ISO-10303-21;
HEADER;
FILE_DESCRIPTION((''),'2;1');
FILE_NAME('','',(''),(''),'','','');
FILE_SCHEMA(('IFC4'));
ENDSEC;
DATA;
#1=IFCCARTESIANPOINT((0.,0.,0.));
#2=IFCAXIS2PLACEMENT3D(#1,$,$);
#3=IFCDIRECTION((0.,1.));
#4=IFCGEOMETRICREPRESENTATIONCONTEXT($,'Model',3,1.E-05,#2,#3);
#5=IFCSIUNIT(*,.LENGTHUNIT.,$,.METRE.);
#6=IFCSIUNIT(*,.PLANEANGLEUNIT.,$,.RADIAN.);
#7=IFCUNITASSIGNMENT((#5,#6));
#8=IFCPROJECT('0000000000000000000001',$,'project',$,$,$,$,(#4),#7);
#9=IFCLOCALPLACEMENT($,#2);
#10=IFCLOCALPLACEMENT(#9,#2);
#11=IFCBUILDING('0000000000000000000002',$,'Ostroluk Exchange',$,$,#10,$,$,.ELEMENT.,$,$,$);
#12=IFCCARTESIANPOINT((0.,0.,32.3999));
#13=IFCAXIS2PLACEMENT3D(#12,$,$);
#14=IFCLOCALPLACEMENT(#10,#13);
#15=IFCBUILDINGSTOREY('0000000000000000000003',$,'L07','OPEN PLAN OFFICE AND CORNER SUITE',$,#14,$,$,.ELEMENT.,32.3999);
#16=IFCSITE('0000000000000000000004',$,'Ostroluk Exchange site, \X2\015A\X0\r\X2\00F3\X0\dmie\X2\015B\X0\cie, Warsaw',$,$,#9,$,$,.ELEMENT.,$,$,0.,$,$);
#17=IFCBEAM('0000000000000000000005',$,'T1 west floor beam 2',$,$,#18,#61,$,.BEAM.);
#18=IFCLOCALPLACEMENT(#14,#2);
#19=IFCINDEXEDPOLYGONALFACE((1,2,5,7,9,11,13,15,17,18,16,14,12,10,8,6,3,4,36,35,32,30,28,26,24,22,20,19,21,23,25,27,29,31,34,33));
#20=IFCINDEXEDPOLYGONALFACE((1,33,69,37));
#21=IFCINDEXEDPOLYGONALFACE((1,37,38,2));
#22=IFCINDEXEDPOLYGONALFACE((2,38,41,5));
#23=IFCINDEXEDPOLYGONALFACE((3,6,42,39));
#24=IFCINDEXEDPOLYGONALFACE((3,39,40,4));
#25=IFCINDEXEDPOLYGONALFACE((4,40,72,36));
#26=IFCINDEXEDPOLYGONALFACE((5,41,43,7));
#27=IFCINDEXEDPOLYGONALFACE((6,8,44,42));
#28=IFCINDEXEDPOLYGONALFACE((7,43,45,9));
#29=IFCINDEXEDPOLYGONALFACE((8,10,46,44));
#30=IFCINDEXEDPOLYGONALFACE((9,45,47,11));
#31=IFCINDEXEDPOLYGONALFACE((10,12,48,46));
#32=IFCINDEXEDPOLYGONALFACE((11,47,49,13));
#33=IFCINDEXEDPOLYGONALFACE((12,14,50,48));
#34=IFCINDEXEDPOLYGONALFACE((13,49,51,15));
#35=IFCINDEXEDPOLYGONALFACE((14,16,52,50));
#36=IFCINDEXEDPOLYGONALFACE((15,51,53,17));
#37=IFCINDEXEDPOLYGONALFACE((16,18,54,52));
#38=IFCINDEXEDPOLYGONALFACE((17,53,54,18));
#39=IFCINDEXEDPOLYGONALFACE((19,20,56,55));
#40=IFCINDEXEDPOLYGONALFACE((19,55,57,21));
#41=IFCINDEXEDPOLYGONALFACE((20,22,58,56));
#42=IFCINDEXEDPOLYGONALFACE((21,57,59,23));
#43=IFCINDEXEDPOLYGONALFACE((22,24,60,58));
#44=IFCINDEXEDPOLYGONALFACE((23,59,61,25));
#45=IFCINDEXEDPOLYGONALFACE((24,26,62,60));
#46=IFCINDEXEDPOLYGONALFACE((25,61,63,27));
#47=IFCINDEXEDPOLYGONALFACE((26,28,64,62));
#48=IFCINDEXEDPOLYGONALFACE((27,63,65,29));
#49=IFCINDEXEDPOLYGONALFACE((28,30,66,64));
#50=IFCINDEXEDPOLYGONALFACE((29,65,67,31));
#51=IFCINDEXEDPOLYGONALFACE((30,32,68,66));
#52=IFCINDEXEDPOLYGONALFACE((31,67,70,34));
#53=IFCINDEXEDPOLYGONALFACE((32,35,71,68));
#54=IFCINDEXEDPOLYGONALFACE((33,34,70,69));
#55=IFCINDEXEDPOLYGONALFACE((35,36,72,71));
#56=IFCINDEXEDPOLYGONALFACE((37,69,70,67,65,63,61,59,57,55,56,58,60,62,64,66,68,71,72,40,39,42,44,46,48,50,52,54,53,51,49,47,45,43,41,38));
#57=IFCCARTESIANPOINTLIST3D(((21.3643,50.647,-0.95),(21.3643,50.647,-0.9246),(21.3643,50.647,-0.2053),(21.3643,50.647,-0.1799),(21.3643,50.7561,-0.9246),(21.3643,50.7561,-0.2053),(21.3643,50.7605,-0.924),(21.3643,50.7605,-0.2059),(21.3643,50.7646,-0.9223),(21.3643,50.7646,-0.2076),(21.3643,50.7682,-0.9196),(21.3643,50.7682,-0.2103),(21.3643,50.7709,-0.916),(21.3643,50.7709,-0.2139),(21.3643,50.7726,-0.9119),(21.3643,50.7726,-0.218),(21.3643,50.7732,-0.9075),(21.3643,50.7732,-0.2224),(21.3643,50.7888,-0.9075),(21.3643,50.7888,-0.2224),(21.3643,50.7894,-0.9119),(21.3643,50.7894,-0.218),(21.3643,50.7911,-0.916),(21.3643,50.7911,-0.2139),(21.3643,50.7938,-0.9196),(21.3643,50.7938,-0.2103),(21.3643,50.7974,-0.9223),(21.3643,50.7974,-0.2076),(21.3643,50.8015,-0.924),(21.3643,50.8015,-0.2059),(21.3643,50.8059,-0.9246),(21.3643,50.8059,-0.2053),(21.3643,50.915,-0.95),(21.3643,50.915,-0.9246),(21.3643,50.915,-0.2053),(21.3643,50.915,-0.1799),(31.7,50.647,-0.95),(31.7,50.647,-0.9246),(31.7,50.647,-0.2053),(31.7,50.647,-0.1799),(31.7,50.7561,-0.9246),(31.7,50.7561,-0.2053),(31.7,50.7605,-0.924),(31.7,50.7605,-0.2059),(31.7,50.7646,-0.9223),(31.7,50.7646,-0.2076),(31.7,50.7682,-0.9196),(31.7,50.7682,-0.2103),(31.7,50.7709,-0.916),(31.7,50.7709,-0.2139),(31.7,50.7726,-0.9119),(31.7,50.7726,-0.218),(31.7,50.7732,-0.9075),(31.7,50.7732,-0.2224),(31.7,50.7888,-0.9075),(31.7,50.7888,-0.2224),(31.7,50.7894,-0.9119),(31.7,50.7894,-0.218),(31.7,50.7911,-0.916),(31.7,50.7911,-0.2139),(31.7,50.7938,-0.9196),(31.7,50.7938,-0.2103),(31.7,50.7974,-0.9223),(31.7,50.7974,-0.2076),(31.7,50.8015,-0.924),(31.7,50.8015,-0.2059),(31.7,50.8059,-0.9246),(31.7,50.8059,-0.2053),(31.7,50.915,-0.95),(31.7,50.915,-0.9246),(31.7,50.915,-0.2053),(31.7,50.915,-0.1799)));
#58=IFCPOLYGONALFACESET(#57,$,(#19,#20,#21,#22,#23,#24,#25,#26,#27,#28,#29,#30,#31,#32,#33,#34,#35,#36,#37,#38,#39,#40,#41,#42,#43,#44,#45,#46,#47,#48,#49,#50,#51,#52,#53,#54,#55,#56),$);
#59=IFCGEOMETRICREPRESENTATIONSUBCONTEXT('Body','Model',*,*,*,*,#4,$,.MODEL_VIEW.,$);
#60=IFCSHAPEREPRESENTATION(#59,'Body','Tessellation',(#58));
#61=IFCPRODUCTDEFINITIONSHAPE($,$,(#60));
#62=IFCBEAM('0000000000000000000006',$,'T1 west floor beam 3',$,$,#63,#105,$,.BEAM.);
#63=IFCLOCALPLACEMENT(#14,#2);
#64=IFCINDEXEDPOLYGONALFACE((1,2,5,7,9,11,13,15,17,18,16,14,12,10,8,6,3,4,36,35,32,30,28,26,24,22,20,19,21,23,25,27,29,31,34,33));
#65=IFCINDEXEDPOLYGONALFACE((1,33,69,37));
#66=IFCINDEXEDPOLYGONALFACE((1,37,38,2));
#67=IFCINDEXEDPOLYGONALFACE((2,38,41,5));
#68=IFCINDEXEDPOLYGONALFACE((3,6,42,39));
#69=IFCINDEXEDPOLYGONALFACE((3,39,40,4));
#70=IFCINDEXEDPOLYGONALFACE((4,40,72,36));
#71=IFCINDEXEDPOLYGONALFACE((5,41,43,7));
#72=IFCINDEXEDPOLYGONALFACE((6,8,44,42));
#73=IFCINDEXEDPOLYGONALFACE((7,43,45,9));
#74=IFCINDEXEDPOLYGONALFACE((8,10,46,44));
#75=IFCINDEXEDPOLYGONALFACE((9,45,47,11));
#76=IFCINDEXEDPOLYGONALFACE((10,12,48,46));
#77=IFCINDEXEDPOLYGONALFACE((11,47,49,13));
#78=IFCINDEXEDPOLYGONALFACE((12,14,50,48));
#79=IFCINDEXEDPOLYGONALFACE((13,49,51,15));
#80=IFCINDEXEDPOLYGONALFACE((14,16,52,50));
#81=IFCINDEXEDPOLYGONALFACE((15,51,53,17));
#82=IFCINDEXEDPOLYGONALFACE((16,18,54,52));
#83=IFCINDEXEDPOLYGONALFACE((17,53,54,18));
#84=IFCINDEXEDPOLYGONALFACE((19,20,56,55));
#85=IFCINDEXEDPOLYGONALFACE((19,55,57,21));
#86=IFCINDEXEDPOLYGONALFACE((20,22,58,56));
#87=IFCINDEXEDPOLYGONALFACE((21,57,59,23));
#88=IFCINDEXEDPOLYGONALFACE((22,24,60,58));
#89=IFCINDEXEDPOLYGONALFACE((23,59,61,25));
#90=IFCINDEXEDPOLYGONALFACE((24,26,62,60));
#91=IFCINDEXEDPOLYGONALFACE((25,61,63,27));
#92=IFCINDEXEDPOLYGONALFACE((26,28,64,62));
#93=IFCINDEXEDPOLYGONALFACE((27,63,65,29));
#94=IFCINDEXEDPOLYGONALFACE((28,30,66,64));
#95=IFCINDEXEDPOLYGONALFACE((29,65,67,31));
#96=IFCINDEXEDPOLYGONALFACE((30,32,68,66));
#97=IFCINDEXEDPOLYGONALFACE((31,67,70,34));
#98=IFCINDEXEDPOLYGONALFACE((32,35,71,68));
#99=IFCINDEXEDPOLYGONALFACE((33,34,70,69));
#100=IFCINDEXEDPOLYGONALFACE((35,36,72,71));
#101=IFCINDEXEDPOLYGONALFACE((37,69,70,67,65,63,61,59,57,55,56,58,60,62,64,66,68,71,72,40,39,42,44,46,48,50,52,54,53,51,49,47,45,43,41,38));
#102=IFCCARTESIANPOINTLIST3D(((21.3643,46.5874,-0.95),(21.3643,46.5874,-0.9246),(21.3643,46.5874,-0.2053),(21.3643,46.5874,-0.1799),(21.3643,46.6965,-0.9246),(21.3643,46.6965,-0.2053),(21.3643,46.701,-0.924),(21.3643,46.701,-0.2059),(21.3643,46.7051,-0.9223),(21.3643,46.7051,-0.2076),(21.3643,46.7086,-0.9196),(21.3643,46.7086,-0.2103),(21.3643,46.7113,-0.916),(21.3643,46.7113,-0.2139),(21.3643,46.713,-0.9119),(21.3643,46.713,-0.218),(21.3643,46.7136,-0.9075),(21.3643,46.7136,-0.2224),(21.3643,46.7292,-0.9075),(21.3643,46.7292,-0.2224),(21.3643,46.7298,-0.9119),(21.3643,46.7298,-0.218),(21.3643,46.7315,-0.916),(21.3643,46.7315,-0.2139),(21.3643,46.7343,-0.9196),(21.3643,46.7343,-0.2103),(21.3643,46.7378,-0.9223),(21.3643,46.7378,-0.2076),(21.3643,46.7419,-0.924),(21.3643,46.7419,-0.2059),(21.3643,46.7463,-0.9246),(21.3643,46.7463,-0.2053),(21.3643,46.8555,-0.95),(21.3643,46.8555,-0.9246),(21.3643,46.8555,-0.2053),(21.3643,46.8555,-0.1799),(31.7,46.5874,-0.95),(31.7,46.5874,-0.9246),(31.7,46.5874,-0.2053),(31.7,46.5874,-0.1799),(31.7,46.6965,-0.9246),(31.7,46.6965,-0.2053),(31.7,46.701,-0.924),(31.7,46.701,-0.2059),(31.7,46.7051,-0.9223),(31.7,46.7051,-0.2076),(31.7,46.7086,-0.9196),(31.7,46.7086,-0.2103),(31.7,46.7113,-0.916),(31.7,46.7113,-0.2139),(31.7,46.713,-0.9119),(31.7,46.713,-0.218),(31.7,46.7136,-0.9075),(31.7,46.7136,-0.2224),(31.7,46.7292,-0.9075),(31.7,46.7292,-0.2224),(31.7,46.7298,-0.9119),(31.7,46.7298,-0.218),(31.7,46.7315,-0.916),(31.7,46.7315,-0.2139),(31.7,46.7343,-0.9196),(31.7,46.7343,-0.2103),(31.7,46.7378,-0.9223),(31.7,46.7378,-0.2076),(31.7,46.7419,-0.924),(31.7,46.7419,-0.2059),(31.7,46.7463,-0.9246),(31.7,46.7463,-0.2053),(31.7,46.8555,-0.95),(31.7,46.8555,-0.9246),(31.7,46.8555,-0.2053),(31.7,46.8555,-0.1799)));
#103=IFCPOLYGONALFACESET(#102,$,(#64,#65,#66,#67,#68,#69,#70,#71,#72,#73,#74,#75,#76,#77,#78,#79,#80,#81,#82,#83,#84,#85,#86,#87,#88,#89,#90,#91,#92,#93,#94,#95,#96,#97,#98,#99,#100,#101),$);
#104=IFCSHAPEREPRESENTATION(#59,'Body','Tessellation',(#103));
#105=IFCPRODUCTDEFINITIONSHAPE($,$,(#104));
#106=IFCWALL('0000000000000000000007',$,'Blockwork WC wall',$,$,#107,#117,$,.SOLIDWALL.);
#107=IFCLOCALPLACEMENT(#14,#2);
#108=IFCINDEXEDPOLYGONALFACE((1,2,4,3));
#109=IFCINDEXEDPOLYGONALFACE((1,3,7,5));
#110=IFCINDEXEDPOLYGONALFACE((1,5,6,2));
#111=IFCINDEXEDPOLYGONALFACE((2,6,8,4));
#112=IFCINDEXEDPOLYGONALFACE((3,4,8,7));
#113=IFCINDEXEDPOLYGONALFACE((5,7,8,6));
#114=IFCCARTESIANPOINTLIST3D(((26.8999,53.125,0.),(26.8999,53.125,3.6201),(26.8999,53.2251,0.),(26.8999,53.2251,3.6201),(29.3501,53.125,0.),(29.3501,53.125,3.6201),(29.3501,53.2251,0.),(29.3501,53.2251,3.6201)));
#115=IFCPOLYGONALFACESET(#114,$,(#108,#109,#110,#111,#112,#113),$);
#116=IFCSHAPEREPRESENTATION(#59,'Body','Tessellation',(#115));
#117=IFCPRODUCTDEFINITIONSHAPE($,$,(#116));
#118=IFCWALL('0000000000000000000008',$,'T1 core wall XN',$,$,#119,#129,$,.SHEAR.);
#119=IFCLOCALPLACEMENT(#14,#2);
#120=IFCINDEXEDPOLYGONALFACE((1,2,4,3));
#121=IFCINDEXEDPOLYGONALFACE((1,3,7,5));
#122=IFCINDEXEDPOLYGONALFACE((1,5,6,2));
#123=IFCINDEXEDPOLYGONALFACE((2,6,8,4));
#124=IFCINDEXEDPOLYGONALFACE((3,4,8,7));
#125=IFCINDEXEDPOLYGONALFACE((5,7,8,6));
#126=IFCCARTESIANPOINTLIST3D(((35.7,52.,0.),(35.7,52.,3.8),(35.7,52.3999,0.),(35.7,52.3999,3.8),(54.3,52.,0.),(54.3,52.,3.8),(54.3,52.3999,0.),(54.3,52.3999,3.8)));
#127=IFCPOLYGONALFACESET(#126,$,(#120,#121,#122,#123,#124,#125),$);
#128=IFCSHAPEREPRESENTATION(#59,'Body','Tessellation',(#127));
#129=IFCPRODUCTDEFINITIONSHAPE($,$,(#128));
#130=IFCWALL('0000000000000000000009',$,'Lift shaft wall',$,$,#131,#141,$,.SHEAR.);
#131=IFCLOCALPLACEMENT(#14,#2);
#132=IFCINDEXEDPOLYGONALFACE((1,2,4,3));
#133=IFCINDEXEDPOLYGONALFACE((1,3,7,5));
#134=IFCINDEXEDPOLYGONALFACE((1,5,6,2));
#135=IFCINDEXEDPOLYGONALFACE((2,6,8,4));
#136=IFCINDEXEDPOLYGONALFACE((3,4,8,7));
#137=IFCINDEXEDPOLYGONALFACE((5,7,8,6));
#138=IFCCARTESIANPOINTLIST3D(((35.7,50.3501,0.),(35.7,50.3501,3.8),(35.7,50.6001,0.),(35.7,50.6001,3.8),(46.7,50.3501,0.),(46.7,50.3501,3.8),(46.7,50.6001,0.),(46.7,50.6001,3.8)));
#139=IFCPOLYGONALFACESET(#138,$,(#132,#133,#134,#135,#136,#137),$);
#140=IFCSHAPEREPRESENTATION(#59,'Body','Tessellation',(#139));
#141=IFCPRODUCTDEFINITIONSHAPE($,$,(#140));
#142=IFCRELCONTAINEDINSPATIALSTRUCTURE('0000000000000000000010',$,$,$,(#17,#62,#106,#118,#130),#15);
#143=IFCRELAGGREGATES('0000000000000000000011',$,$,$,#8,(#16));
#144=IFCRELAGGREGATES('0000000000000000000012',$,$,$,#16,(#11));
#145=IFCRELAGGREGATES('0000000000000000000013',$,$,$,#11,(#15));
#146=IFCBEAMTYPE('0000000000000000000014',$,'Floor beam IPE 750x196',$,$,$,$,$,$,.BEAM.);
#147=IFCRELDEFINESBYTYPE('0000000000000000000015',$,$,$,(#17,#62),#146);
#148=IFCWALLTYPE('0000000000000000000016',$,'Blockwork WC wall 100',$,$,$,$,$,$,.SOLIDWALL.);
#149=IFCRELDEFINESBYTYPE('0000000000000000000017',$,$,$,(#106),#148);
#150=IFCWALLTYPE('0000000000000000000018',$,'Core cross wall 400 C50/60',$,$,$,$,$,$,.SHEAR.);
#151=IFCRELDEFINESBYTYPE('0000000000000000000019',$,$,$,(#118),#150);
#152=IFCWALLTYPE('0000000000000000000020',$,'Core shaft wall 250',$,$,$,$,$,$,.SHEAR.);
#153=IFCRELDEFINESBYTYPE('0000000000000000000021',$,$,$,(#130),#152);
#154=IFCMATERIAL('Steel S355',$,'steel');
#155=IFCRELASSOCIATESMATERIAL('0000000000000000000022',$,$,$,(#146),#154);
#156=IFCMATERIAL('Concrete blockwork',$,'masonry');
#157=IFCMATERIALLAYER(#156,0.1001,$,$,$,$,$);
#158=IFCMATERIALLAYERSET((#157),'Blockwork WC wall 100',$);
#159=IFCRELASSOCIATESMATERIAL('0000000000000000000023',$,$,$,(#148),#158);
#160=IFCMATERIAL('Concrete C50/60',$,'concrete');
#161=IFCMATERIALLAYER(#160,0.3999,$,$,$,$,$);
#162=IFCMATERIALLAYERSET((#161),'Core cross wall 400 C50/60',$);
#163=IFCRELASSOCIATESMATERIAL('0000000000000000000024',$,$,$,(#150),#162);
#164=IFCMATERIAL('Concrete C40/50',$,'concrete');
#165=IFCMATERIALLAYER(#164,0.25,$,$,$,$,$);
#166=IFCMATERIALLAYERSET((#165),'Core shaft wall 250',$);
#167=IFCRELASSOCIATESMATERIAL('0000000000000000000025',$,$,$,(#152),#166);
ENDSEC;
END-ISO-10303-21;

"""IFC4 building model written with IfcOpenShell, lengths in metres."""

from ifc_helpers import new_model, si_unit, direction, frame, frame_2d, origin, origin_2d, place, context, subcontext, project, spatial, rectangle, i_section, extrude, material, layer, layer_set, material_profile, profile_set, type_object, element, save


model = new_model("IFC4")

# Units and contexts
model_context = context("Model", 3, precision=1e-05, world=origin(), true_north=direction((0.0, 1.0)))
body_context = subcontext(model_context, "Body", "Model", "MODEL_VIEW")
ifc_project = project(units=[si_unit("LENGTHUNIT", "METRE"), si_unit("PLANEANGLEUNIT", "RADIAN")], contexts=[model_context])

# Site, building, storey
site_placement = place(None, origin())
site = spatial("IfcSite", under=ifc_project, at=site_placement, Name="Ostroluk Exchange site, Śródmieście, Warsaw", CompositionType="ELEMENT", RefElevation=0.0)
building_placement = place(site_placement, origin())
building = spatial("IfcBuilding", under=site, at=building_placement, Name="Ostroluk Exchange", CompositionType="ELEMENT")
storey_placement = place(building_placement, frame((0.0, 0.0, 32.3999)))
storey = spatial("IfcBuildingStorey", under=building, at=storey_placement, Name="L07", Description="OPEN PLAN OFFICE AND CORNER SUITE", CompositionType="ELEMENT", Elevation=32.3999)

# Beams
ifc_material_1 = material(Name="Steel S355", Category="steel")
ifc_material_profile = material_profile(ifc_material_1, i_section(OverallWidth=0.2681, OverallDepth=0.77, WebThickness=0.0156, FlangeThickness=0.0254, FilletRadius=0.0171, at=origin_2d()), Name="IPE 750x196")
ifc_profile_set = profile_set([ifc_material_profile], Name="Steel S355")
beam_type = type_object("IfcBeamType", Name="Floor beam IPE 750x196", PredefinedType="BEAM", material=ifc_profile_set)
for number, where, z_axis, x_axis, name in (
    (1, (31.7, 50.781, -0.5649), (-1.0, 0.0, 0.0), (0.0, -1.0, 0.0), "T1 west floor beam 2"),
    (2, (31.7, 46.7214, -0.5649), (-1.0, 0.0, 0.0), (0.0, -1.0, 0.0), "T1 west floor beam 3"),
):
    element("IfcBeam", number, at=place(storey_placement, frame(where, z_axis=z_axis, x_axis=x_axis)), inside=storey, type_object=beam_type, Name=name, PredefinedType="BEAM", context=body_context, shape_type="SweptSolid", body=[
        extrude(i_section(OverallWidth=0.2681, OverallDepth=0.77, WebThickness=0.0156, FlangeThickness=0.0254, FilletRadius=0.0171, at=origin_2d()), origin(), (0.0, 0.0, 1.0), 10.3357),
    ])

# Walls
ifc_material_2 = material(Name="Concrete blockwork", Category="masonry")
ifc_layer_1 = layer(ifc_material_2, 0.1001)
ifc_layer_set_1 = layer_set([ifc_layer_1], Name="Blockwork WC wall 100")
wall_type_1 = type_object("IfcWallType", Name="Blockwork WC wall 100", PredefinedType="SOLIDWALL", material=ifc_layer_set_1)
wall_1_placement = place(storey_placement, frame((29.3501, 53.175, 0.0), z_axis=(0.0, 0.0, 1.0), x_axis=(-1.0, 0.0, 0.0)))
element("IfcWall", 3, at=wall_1_placement, inside=storey, type_object=wall_type_1, Name="Blockwork WC wall", PredefinedType="SOLIDWALL", context=body_context, shape_type="SweptSolid", body=[
    extrude(rectangle(XDim=2.4502, YDim=0.1001, at=frame_2d((1.2251, 0.0))), origin(), (0.0, 0.0, 1.0), 3.6201),
])
ifc_material_3 = material(Name="Concrete C50/60", Category="concrete")
ifc_layer_2 = layer(ifc_material_3, 0.3999)
ifc_layer_set_2 = layer_set([ifc_layer_2], Name="Core cross wall 400 C50/60")
wall_type_2 = type_object("IfcWallType", Name="Core cross wall 400 C50/60", PredefinedType="SHEAR", material=ifc_layer_set_2)
wall_2_placement = place(storey_placement, frame((35.7, 52.2, 0.0), z_axis=(0.0, 0.0, 1.0), x_axis=(1.0, 0.0, 0.0)))
element("IfcWall", 4, at=wall_2_placement, inside=storey, type_object=wall_type_2, Name="T1 core wall XN", PredefinedType="SHEAR", context=body_context, shape_type="SweptSolid", body=[
    extrude(rectangle(XDim=18.6001, YDim=0.3999, at=frame_2d((9.3, 0.0))), origin(), (0.0, 0.0, 1.0), 3.8),
])
ifc_material_4 = material(Name="Concrete C40/50", Category="concrete")
ifc_layer_3 = layer(ifc_material_4, 0.25)
ifc_layer_set_3 = layer_set([ifc_layer_3], Name="Core shaft wall 250")
wall_type_3 = type_object("IfcWallType", Name="Core shaft wall 250", PredefinedType="SHEAR", material=ifc_layer_set_3)
wall_3_placement = place(storey_placement, frame((35.7, 50.4751, 0.0), z_axis=(0.0, 0.0, 1.0), x_axis=(1.0, 0.0, 0.0)))
element("IfcWall", 5, at=wall_3_placement, inside=storey, type_object=wall_type_3, Name="Lift shaft wall", PredefinedType="SHEAR", context=body_context, shape_type="SweptSolid", body=[
    extrude(rectangle(XDim=11.0, YDim=0.25, at=frame_2d((5.5, 0.0))), origin(), (0.0, 0.0, 1.0), 3.8),
])

save(model, "model.ifc")
